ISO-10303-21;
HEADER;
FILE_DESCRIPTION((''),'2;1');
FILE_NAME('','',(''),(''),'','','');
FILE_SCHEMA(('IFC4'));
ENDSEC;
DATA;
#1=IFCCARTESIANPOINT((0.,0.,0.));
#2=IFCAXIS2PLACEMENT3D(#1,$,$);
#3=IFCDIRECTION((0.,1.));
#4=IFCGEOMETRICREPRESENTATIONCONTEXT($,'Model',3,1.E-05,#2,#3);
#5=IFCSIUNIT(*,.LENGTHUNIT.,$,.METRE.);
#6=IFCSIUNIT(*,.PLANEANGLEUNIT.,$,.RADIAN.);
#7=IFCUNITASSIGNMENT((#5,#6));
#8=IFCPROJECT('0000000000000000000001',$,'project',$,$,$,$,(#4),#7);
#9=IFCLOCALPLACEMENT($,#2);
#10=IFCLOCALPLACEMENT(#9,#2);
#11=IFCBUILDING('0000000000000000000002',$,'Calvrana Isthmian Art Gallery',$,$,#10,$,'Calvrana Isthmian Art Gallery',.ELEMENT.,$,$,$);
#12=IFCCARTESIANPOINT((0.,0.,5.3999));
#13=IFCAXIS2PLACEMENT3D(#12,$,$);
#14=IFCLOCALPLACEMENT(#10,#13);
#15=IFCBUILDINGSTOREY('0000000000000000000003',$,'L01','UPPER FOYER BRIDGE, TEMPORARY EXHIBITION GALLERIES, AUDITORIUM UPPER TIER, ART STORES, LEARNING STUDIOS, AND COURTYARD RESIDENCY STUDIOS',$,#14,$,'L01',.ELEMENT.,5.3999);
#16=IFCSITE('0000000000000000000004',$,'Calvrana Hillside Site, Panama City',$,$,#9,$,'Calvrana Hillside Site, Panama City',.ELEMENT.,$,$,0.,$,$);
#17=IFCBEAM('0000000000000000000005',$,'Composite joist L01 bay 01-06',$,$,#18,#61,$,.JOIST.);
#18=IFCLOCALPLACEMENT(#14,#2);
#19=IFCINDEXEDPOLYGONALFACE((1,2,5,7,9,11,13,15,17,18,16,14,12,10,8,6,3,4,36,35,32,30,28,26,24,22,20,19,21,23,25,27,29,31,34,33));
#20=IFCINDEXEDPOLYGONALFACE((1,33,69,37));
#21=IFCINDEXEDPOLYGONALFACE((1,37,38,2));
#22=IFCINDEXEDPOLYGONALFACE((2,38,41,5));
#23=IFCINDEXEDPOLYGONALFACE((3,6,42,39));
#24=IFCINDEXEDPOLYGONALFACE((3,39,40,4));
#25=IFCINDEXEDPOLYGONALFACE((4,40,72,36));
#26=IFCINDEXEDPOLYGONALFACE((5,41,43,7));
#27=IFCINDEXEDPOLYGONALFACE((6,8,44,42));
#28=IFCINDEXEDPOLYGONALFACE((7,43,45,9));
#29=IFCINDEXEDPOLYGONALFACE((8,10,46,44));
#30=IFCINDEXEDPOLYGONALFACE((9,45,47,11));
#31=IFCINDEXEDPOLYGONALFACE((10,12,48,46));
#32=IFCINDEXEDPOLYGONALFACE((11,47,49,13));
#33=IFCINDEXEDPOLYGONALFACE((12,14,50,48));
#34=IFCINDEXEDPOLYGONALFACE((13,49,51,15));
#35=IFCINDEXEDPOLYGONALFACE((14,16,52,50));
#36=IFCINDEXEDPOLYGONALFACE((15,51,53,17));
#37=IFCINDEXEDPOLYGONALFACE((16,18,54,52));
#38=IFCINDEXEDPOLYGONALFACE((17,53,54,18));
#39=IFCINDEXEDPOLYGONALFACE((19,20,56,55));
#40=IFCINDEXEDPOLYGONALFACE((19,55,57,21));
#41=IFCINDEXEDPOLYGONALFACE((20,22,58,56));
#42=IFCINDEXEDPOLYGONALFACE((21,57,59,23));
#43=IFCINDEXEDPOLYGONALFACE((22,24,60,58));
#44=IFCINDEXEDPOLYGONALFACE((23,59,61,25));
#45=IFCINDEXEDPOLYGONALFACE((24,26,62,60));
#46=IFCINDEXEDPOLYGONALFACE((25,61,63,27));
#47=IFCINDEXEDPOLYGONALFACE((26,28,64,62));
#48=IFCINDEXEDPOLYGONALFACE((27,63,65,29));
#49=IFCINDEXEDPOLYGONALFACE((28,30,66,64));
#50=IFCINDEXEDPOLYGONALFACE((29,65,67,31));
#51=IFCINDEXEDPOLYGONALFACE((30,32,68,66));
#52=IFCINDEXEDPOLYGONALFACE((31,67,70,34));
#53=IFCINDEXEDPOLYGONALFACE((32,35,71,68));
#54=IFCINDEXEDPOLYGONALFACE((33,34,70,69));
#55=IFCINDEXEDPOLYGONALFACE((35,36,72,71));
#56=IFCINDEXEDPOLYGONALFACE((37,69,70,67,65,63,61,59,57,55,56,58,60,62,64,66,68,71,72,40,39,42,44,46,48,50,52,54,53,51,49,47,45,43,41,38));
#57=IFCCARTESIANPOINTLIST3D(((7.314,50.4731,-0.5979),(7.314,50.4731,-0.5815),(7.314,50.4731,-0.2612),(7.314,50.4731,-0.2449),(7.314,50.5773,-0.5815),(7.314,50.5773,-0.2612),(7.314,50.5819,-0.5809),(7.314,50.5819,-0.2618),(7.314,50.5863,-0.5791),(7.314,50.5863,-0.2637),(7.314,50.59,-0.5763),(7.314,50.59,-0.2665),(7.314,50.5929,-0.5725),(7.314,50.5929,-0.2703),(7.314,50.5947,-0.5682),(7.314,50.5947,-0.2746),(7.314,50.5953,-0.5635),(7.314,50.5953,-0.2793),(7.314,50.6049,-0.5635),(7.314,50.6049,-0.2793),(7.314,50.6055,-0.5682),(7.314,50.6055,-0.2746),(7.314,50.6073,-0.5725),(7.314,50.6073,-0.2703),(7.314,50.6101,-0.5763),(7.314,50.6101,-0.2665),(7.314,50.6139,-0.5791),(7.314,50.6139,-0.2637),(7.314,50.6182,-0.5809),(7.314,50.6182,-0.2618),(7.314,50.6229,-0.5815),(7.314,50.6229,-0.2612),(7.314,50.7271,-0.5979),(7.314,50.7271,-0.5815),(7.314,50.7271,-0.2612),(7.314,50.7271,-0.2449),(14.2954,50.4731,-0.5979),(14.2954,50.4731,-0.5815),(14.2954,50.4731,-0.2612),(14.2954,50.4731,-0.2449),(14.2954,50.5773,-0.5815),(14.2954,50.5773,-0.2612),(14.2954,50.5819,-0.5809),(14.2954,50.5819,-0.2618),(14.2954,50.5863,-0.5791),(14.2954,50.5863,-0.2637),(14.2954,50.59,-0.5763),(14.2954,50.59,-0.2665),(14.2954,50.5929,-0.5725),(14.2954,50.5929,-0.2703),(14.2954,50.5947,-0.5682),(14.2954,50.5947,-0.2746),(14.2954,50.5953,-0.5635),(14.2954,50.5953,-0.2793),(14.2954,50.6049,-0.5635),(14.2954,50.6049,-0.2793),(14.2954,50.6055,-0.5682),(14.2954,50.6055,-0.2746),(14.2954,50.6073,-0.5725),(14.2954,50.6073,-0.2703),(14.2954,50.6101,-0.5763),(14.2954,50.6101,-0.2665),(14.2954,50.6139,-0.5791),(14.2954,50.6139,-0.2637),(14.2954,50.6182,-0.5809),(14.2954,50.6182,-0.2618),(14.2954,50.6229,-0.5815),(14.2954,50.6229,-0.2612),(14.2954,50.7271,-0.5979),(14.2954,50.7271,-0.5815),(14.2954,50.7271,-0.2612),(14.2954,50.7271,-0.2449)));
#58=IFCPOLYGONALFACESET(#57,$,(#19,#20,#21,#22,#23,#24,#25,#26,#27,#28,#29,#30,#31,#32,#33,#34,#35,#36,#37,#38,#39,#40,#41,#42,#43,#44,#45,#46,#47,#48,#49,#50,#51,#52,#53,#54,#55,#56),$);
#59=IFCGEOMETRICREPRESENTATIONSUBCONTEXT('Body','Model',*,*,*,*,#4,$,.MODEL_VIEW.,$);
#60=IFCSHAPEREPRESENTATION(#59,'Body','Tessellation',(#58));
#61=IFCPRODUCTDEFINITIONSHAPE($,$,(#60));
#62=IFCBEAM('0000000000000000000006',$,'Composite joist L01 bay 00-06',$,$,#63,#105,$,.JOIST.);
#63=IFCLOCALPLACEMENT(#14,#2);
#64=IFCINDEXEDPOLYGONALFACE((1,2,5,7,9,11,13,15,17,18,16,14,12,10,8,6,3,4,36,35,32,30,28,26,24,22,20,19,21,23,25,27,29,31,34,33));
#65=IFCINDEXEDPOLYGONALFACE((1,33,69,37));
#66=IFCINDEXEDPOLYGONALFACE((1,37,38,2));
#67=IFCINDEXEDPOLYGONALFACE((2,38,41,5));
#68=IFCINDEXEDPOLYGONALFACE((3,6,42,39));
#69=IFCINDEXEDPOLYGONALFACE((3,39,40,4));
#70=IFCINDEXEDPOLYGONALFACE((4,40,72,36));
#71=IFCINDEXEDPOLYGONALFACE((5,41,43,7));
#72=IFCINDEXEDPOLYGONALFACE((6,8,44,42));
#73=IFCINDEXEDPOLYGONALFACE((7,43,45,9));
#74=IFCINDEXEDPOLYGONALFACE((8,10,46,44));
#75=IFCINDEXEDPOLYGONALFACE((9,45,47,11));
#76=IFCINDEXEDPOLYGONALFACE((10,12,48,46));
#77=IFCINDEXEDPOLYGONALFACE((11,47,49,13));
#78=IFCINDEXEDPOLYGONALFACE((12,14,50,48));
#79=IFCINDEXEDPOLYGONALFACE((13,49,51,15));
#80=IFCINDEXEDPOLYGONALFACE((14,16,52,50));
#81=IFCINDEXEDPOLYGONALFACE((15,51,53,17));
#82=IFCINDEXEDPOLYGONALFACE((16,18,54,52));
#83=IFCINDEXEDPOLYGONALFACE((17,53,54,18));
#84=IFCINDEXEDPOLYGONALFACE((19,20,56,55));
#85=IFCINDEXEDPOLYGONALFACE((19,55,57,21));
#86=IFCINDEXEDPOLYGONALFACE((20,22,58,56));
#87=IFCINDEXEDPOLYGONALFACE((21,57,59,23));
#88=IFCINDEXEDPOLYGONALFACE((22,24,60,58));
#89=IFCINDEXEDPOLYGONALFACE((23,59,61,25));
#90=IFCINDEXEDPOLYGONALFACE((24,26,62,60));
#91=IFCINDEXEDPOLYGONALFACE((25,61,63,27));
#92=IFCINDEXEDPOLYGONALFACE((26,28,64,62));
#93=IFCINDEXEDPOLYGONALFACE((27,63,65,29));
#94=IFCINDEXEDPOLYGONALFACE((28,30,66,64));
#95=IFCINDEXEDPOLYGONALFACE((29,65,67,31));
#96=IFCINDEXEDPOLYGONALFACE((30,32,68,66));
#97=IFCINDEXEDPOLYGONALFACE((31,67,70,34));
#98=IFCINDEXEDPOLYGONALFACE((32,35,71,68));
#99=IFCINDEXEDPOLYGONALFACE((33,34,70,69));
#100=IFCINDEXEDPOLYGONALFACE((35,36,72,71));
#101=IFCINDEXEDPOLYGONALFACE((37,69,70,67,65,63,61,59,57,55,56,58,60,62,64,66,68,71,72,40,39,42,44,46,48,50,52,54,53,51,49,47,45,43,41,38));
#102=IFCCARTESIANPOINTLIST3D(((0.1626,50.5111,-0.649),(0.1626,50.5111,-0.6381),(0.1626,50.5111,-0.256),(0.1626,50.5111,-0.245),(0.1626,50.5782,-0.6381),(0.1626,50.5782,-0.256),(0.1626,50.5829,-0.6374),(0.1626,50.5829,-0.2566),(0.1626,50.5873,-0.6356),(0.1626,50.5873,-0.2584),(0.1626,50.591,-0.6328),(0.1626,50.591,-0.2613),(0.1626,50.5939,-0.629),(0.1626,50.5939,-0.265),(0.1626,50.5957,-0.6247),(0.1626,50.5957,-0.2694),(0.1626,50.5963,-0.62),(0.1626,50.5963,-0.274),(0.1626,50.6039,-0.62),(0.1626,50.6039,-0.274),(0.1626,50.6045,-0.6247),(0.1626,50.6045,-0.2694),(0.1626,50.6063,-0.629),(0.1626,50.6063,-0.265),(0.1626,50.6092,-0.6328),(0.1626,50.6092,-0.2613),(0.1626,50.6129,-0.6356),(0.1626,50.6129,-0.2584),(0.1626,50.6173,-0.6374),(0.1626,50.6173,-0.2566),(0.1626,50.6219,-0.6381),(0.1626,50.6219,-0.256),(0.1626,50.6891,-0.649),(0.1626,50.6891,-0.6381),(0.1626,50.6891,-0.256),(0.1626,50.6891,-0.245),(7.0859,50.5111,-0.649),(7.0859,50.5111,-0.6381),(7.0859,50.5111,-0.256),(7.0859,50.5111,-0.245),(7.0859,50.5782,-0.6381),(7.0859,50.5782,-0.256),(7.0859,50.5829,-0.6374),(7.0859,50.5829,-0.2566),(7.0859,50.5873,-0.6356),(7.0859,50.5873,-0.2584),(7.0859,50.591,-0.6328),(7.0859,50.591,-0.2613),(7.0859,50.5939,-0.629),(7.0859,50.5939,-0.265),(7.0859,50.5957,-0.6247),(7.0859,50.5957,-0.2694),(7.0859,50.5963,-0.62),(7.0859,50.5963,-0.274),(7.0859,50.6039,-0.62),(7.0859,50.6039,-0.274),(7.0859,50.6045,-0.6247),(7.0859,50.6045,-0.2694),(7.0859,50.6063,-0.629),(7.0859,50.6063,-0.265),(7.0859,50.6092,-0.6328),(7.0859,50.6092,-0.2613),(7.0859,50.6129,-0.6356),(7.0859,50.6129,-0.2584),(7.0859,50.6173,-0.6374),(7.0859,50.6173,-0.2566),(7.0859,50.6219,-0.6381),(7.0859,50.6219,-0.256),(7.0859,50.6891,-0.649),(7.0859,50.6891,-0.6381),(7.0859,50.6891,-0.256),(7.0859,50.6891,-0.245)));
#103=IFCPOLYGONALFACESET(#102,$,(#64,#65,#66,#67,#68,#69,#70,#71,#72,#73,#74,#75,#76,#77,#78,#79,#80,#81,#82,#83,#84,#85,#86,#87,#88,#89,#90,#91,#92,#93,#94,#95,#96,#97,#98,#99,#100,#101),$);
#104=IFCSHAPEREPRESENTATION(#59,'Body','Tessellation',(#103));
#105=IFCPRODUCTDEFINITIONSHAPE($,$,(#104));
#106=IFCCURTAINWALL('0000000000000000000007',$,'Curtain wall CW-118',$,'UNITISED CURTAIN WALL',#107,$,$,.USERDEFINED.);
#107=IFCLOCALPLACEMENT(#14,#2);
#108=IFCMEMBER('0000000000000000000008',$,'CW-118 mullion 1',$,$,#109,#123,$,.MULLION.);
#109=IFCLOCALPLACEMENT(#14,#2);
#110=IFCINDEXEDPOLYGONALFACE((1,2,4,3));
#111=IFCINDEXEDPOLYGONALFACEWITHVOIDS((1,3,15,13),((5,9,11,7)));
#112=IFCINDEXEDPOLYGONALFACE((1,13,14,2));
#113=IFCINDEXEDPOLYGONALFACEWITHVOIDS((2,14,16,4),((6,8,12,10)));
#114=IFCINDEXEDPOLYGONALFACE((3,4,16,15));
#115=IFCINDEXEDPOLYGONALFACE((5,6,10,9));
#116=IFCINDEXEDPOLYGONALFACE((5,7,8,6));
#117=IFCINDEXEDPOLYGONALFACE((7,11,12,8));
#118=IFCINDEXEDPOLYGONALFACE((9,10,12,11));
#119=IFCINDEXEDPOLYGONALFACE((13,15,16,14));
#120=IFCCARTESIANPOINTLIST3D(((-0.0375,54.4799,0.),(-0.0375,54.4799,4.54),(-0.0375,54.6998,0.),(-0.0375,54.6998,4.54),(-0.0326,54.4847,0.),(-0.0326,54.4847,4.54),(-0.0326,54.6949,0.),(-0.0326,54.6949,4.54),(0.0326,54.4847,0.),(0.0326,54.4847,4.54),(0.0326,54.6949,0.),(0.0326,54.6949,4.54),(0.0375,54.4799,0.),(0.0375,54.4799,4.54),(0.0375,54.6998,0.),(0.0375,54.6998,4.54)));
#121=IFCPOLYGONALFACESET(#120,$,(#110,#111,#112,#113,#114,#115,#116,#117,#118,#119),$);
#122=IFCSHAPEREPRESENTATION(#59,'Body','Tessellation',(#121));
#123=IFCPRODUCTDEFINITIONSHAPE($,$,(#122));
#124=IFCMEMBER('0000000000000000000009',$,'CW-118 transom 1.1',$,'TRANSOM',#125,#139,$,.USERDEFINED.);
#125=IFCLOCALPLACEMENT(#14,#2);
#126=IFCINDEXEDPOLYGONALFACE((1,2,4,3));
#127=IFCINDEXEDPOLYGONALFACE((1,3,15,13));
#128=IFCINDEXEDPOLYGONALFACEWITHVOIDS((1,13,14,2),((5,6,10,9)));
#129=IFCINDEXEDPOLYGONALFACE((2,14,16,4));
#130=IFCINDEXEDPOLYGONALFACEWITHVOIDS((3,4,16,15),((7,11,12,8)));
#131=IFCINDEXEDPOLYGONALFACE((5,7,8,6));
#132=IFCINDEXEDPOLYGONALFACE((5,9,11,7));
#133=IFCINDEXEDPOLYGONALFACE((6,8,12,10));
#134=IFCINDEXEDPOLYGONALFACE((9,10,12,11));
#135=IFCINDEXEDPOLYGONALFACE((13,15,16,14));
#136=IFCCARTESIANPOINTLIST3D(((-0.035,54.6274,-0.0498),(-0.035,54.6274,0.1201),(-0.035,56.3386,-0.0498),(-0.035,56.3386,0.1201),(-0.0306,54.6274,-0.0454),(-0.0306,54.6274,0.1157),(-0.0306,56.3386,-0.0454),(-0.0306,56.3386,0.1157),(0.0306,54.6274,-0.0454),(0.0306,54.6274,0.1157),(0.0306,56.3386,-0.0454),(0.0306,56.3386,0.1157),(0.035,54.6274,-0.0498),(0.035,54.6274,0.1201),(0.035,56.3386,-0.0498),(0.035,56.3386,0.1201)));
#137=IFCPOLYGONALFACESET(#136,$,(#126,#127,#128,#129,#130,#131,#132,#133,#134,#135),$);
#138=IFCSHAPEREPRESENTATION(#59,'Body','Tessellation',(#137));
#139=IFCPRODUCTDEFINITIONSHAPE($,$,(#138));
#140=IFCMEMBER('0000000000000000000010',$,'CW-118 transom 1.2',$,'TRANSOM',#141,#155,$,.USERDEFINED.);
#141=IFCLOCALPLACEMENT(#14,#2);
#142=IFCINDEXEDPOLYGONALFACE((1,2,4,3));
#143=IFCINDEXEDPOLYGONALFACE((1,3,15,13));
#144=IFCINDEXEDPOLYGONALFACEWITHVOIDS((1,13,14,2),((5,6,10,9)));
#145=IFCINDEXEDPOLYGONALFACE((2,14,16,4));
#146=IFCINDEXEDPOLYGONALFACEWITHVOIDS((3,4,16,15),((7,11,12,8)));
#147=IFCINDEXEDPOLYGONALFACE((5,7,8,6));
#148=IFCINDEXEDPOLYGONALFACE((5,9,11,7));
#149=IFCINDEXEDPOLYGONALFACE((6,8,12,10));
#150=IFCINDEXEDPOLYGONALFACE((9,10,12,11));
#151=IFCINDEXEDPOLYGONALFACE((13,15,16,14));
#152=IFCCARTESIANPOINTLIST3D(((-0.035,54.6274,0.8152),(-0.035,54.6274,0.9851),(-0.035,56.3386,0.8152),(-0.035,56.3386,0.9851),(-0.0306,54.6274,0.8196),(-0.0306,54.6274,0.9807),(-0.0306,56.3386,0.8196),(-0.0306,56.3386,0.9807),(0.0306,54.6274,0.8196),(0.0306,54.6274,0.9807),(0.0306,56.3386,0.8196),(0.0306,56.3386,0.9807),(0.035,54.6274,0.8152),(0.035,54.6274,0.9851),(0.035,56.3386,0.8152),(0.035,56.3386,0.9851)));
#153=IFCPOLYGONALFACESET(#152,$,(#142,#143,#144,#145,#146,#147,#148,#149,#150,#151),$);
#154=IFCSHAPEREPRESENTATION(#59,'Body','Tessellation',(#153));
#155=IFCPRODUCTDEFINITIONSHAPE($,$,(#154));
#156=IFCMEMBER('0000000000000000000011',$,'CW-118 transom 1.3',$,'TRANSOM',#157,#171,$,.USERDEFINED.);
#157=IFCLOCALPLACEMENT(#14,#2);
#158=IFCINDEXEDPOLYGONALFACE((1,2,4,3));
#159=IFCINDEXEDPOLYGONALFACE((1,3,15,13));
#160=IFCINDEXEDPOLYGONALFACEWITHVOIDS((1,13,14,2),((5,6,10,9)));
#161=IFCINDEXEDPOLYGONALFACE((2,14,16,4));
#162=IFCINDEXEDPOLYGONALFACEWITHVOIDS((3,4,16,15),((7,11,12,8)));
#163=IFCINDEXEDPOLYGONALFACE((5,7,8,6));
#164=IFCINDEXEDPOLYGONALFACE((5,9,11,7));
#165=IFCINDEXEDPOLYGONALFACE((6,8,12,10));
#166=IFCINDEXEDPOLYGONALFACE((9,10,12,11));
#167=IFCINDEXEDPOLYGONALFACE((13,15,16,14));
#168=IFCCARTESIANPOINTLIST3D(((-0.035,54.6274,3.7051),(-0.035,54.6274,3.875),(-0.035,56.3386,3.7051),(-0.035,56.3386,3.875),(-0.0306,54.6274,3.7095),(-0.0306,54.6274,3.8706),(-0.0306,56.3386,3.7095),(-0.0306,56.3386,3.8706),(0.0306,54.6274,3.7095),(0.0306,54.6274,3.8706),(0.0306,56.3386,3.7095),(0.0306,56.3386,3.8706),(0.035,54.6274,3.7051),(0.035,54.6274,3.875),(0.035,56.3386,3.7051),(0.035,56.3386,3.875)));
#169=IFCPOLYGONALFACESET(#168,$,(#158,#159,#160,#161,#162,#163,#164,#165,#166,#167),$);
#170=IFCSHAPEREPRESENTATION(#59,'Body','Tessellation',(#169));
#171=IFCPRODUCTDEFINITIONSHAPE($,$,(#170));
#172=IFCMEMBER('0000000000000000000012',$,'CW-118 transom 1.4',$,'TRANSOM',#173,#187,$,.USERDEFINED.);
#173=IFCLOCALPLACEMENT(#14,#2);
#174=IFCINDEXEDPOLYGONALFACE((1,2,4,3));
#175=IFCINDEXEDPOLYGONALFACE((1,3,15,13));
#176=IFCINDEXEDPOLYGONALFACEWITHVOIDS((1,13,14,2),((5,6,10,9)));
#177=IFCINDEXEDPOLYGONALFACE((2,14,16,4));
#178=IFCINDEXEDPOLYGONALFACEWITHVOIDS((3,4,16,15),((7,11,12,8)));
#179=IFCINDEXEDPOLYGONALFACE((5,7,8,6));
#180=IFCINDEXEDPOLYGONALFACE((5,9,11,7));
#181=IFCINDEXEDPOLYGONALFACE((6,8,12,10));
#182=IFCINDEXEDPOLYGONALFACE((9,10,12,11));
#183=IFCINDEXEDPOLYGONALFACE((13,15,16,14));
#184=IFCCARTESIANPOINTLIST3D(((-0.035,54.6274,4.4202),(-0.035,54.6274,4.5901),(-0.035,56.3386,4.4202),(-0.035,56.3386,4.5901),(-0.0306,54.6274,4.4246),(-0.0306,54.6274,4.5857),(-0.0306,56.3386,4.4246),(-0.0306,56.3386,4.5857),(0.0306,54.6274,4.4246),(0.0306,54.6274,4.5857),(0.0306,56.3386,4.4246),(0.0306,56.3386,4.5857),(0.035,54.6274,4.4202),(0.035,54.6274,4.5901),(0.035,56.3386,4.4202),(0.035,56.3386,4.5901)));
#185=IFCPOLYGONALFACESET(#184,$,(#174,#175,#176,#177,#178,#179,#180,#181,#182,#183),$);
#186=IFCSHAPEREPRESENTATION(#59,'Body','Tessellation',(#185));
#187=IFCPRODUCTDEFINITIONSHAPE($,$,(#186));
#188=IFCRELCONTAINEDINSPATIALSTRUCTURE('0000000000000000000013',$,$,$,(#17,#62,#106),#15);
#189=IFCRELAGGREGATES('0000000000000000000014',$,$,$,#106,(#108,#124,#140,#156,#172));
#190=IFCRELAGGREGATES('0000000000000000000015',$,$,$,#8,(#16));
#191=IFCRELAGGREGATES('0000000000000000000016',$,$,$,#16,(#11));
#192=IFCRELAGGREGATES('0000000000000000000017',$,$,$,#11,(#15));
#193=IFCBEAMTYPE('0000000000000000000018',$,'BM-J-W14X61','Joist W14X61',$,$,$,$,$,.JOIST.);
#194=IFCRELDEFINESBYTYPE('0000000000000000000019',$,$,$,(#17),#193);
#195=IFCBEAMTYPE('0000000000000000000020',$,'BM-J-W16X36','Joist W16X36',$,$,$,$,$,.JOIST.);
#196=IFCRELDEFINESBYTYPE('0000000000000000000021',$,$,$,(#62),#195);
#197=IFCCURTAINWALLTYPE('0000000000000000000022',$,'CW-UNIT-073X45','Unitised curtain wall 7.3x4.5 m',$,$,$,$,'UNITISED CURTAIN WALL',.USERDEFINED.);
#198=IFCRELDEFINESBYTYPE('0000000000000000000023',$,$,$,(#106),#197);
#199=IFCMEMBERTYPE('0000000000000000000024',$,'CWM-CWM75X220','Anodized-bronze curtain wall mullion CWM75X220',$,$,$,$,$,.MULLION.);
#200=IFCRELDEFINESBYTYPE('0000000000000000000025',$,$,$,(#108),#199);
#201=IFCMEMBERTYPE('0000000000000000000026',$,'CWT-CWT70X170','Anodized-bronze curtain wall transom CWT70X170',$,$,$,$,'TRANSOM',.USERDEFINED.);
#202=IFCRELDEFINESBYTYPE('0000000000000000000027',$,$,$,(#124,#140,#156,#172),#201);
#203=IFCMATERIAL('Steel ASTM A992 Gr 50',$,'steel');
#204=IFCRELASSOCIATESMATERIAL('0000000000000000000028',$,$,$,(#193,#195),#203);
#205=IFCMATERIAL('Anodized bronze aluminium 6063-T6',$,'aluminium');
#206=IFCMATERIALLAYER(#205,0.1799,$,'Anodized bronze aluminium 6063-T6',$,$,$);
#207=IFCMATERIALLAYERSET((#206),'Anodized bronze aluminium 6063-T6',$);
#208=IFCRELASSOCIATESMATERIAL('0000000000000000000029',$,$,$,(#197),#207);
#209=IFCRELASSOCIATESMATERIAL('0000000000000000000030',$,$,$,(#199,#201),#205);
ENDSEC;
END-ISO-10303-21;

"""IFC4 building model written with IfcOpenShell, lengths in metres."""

from ifc_helpers import new_model, si_unit, direction, frame, origin, origin_2d, place, context, subcontext, project, spatial, hollow_rectangle, i_section, extrude, material, layer, layer_set, material_profile, profile_set, type_object, element, aggregate, save


model = new_model("IFC4")

# Units and contexts
model_context = context("Model", 3, precision=1e-05, world=origin(), true_north=direction((0.0, 1.0)))
body_context = subcontext(model_context, "Body", "Model", "MODEL_VIEW")
ifc_project = project(units=[si_unit("LENGTHUNIT", "METRE"), si_unit("PLANEANGLEUNIT", "RADIAN")], contexts=[model_context])

# Site, building, storey
site_placement = place(None, origin())
site = spatial("IfcSite", under=ifc_project, at=site_placement, Name="Calvrana Hillside Site, Panama City", LongName="Calvrana Hillside Site, Panama City", CompositionType="ELEMENT", RefElevation=0.0)
building_placement = place(site_placement, origin())
building = spatial("IfcBuilding", under=site, at=building_placement, Name="Calvrana Isthmian Art Gallery", LongName="Calvrana Isthmian Art Gallery", CompositionType="ELEMENT")
storey_placement = place(building_placement, frame((0.0, 0.0, 5.3999)))
storey = spatial("IfcBuildingStorey", under=building, at=storey_placement, Name="L01", Description="UPPER FOYER BRIDGE, TEMPORARY EXHIBITION GALLERIES, AUDITORIUM UPPER TIER, ART STORES, LEARNING STUDIOS, AND COURTYARD RESIDENCY STUDIOS", LongName="L01", CompositionType="ELEMENT", Elevation=5.3999)

# Beams
ifc_material_1 = material(Name="Steel ASTM A992 Gr 50", Category="steel")
ifc_material_profile_1 = material_profile(ifc_material_1, i_section(OverallWidth=0.2539, OverallDepth=0.353, WebThickness=0.0095, FlangeThickness=0.0164, FilletRadius=0.0181, at=origin_2d()), Name="W14X61")
ifc_profile_set_1 = profile_set([ifc_material_profile_1], Name="Steel ASTM A992 Gr 50")
beam_type_1 = type_object("IfcBeamType", Name="BM-J-W14X61", Description="Joist W14X61", PredefinedType="JOIST", material=ifc_profile_set_1)
beam_1_placement = place(storey_placement, frame((7.314, 50.6001, -0.4214), z_axis=(1.0, 0.0, 0.0), x_axis=(0.0, 1.0, 0.0)))
element("IfcBeam", 1, at=beam_1_placement, inside=storey, type_object=beam_type_1, Name="Composite joist L01 bay 01-06", PredefinedType="JOIST", context=body_context, shape_type="SweptSolid", body=[
    extrude(i_section(OverallWidth=0.2539, OverallDepth=0.353, WebThickness=0.0095, FlangeThickness=0.0164, FilletRadius=0.0181, at=origin_2d()), origin(), (0.0, 0.0, 1.0), 6.9814),
])
ifc_material_profile_2 = material_profile(ifc_material_1, i_section(OverallWidth=0.178, OverallDepth=0.4041, WebThickness=0.0076, FlangeThickness=0.011, FilletRadius=0.0181, at=origin_2d()), Name="W16X36")
ifc_profile_set_2 = profile_set([ifc_material_profile_2], Name="Steel ASTM A992 Gr 50")
beam_type_2 = type_object("IfcBeamType", Name="BM-J-W16X36", Description="Joist W16X36", PredefinedType="JOIST", material=ifc_profile_set_2)
beam_2_placement = place(storey_placement, frame((0.1626, 50.6001, -0.447), z_axis=(1.0, 0.0, 0.0), x_axis=(0.0, 1.0, 0.0)))
element("IfcBeam", 2, at=beam_2_placement, inside=storey, type_object=beam_type_2, Name="Composite joist L01 bay 00-06", PredefinedType="JOIST", context=body_context, shape_type="SweptSolid", body=[
    extrude(i_section(OverallWidth=0.178, OverallDepth=0.4041, WebThickness=0.0076, FlangeThickness=0.011, FilletRadius=0.0181, at=origin_2d()), origin(), (0.0, 0.0, 1.0), 6.9233),
])

# Curtain wall, members
ifc_material_2 = material(Name="Anodized bronze aluminium 6063-T6", Category="aluminium")
ifc_layer_1 = layer(ifc_material_2, 0.1799, Name="Anodized bronze aluminium 6063-T6")
ifc_layer_set_1 = layer_set([ifc_layer_1], Name="Anodized bronze aluminium 6063-T6")
curtain_wall_type = type_object("IfcCurtainWallType", Name="CW-UNIT-073X45", Description="Unitised curtain wall 7.3x4.5 m", ElementType="UNITISED CURTAIN WALL", PredefinedType="USERDEFINED", material=ifc_layer_set_1)
curtain_wall_placement = place(storey_placement, origin())
curtain_wall = element("IfcCurtainWall", 3, at=curtain_wall_placement, inside=storey, type_object=curtain_wall_type, Name="Curtain wall CW-118", ObjectType="UNITISED CURTAIN WALL", PredefinedType="USERDEFINED")
ifc_material_profile_3 = material_profile(ifc_material_2, hollow_rectangle(XDim=0.075, YDim=0.22, WallThickness=0.0049, at=origin_2d()), Name="CWM75X220")
ifc_profile_set_3 = profile_set([ifc_material_profile_3], Name="Anodized bronze aluminium 6063-T6")
member_type_1 = type_object("IfcMemberType", Name="CWM-CWM75X220", Description="Anodized-bronze curtain wall mullion CWM75X220", PredefinedType="MULLION", material=ifc_profile_set_3)
member_1_placement = place(storey_placement, frame((0.0, 54.5898, 0.0), z_axis=(0.0, 0.0, 1.0), x_axis=(-1.0, 0.0, 0.0)))
member_1 = element("IfcMember", 4, at=member_1_placement, type_object=member_type_1, Name="CW-118 mullion 1", PredefinedType="MULLION", context=body_context, shape_type="SweptSolid", body=[
    extrude(hollow_rectangle(XDim=0.075, YDim=0.22, WallThickness=0.0049, at=origin_2d()), origin(), (0.0, 0.0, 1.0), 4.54),
])
ifc_material_profile_4 = material_profile(ifc_material_2, hollow_rectangle(XDim=0.0701, YDim=0.1699, WallThickness=0.0044, at=origin_2d()), Name="CWT70X170")
ifc_profile_set_4 = profile_set([ifc_material_profile_4], Name="Anodized bronze aluminium 6063-T6")
member_type_2 = type_object("IfcMemberType", Name="CWT-CWT70X170", Description="Anodized-bronze curtain wall transom CWT70X170", ElementType="TRANSOM", PredefinedType="USERDEFINED", material=ifc_profile_set_4)
member_2_placement = place(storey_placement, frame((0.0, 54.6274, 0.0352), z_axis=(0.0, 1.0, 0.0), x_axis=(-1.0, 0.0, 0.0)))
member_2 = element("IfcMember", 5, at=member_2_placement, type_object=member_type_2, Name="CW-118 transom 1.1", ObjectType="TRANSOM", PredefinedType="USERDEFINED", context=body_context, shape_type="SweptSolid", body=[
    extrude(hollow_rectangle(XDim=0.0701, YDim=0.1699, WallThickness=0.0044, at=origin_2d()), origin(), (0.0, 0.0, 1.0), 1.7112),
])
member_3_placement = place(storey_placement, frame((0.0, 54.6274, 0.9001), z_axis=(0.0, 1.0, 0.0), x_axis=(-1.0, 0.0, 0.0)))
member_3 = element("IfcMember", 6, at=member_3_placement, type_object=member_type_2, Name="CW-118 transom 1.2", ObjectType="TRANSOM", PredefinedType="USERDEFINED", context=body_context, shape_type="SweptSolid", body=[
    extrude(hollow_rectangle(XDim=0.0701, YDim=0.1699, WallThickness=0.0044, at=origin_2d()), origin(), (0.0, 0.0, 1.0), 1.7112),
])
member_4_placement = place(storey_placement, frame((0.0, 54.6274, 3.79), z_axis=(0.0, 1.0, 0.0), x_axis=(-1.0, 0.0, 0.0)))
member_4 = element("IfcMember", 7, at=member_4_placement, type_object=member_type_2, Name="CW-118 transom 1.3", ObjectType="TRANSOM", PredefinedType="USERDEFINED", context=body_context, shape_type="SweptSolid", body=[
    extrude(hollow_rectangle(XDim=0.0701, YDim=0.1699, WallThickness=0.0044, at=origin_2d()), origin(), (0.0, 0.0, 1.0), 1.7112),
])
member_5_placement = place(storey_placement, frame((0.0, 54.6274, 4.5051), z_axis=(0.0, 1.0, 0.0), x_axis=(-1.0, 0.0, 0.0)))
member_5 = element("IfcMember", 8, at=member_5_placement, type_object=member_type_2, Name="CW-118 transom 1.4", ObjectType="TRANSOM", PredefinedType="USERDEFINED", context=body_context, shape_type="SweptSolid", body=[
    extrude(hollow_rectangle(XDim=0.0701, YDim=0.1699, WallThickness=0.0044, at=origin_2d()), origin(), (0.0, 0.0, 1.0), 1.7112),
])
aggregate(curtain_wall, [member_1, member_2, member_3, member_4, member_5])

save(model, "model.ifc")
